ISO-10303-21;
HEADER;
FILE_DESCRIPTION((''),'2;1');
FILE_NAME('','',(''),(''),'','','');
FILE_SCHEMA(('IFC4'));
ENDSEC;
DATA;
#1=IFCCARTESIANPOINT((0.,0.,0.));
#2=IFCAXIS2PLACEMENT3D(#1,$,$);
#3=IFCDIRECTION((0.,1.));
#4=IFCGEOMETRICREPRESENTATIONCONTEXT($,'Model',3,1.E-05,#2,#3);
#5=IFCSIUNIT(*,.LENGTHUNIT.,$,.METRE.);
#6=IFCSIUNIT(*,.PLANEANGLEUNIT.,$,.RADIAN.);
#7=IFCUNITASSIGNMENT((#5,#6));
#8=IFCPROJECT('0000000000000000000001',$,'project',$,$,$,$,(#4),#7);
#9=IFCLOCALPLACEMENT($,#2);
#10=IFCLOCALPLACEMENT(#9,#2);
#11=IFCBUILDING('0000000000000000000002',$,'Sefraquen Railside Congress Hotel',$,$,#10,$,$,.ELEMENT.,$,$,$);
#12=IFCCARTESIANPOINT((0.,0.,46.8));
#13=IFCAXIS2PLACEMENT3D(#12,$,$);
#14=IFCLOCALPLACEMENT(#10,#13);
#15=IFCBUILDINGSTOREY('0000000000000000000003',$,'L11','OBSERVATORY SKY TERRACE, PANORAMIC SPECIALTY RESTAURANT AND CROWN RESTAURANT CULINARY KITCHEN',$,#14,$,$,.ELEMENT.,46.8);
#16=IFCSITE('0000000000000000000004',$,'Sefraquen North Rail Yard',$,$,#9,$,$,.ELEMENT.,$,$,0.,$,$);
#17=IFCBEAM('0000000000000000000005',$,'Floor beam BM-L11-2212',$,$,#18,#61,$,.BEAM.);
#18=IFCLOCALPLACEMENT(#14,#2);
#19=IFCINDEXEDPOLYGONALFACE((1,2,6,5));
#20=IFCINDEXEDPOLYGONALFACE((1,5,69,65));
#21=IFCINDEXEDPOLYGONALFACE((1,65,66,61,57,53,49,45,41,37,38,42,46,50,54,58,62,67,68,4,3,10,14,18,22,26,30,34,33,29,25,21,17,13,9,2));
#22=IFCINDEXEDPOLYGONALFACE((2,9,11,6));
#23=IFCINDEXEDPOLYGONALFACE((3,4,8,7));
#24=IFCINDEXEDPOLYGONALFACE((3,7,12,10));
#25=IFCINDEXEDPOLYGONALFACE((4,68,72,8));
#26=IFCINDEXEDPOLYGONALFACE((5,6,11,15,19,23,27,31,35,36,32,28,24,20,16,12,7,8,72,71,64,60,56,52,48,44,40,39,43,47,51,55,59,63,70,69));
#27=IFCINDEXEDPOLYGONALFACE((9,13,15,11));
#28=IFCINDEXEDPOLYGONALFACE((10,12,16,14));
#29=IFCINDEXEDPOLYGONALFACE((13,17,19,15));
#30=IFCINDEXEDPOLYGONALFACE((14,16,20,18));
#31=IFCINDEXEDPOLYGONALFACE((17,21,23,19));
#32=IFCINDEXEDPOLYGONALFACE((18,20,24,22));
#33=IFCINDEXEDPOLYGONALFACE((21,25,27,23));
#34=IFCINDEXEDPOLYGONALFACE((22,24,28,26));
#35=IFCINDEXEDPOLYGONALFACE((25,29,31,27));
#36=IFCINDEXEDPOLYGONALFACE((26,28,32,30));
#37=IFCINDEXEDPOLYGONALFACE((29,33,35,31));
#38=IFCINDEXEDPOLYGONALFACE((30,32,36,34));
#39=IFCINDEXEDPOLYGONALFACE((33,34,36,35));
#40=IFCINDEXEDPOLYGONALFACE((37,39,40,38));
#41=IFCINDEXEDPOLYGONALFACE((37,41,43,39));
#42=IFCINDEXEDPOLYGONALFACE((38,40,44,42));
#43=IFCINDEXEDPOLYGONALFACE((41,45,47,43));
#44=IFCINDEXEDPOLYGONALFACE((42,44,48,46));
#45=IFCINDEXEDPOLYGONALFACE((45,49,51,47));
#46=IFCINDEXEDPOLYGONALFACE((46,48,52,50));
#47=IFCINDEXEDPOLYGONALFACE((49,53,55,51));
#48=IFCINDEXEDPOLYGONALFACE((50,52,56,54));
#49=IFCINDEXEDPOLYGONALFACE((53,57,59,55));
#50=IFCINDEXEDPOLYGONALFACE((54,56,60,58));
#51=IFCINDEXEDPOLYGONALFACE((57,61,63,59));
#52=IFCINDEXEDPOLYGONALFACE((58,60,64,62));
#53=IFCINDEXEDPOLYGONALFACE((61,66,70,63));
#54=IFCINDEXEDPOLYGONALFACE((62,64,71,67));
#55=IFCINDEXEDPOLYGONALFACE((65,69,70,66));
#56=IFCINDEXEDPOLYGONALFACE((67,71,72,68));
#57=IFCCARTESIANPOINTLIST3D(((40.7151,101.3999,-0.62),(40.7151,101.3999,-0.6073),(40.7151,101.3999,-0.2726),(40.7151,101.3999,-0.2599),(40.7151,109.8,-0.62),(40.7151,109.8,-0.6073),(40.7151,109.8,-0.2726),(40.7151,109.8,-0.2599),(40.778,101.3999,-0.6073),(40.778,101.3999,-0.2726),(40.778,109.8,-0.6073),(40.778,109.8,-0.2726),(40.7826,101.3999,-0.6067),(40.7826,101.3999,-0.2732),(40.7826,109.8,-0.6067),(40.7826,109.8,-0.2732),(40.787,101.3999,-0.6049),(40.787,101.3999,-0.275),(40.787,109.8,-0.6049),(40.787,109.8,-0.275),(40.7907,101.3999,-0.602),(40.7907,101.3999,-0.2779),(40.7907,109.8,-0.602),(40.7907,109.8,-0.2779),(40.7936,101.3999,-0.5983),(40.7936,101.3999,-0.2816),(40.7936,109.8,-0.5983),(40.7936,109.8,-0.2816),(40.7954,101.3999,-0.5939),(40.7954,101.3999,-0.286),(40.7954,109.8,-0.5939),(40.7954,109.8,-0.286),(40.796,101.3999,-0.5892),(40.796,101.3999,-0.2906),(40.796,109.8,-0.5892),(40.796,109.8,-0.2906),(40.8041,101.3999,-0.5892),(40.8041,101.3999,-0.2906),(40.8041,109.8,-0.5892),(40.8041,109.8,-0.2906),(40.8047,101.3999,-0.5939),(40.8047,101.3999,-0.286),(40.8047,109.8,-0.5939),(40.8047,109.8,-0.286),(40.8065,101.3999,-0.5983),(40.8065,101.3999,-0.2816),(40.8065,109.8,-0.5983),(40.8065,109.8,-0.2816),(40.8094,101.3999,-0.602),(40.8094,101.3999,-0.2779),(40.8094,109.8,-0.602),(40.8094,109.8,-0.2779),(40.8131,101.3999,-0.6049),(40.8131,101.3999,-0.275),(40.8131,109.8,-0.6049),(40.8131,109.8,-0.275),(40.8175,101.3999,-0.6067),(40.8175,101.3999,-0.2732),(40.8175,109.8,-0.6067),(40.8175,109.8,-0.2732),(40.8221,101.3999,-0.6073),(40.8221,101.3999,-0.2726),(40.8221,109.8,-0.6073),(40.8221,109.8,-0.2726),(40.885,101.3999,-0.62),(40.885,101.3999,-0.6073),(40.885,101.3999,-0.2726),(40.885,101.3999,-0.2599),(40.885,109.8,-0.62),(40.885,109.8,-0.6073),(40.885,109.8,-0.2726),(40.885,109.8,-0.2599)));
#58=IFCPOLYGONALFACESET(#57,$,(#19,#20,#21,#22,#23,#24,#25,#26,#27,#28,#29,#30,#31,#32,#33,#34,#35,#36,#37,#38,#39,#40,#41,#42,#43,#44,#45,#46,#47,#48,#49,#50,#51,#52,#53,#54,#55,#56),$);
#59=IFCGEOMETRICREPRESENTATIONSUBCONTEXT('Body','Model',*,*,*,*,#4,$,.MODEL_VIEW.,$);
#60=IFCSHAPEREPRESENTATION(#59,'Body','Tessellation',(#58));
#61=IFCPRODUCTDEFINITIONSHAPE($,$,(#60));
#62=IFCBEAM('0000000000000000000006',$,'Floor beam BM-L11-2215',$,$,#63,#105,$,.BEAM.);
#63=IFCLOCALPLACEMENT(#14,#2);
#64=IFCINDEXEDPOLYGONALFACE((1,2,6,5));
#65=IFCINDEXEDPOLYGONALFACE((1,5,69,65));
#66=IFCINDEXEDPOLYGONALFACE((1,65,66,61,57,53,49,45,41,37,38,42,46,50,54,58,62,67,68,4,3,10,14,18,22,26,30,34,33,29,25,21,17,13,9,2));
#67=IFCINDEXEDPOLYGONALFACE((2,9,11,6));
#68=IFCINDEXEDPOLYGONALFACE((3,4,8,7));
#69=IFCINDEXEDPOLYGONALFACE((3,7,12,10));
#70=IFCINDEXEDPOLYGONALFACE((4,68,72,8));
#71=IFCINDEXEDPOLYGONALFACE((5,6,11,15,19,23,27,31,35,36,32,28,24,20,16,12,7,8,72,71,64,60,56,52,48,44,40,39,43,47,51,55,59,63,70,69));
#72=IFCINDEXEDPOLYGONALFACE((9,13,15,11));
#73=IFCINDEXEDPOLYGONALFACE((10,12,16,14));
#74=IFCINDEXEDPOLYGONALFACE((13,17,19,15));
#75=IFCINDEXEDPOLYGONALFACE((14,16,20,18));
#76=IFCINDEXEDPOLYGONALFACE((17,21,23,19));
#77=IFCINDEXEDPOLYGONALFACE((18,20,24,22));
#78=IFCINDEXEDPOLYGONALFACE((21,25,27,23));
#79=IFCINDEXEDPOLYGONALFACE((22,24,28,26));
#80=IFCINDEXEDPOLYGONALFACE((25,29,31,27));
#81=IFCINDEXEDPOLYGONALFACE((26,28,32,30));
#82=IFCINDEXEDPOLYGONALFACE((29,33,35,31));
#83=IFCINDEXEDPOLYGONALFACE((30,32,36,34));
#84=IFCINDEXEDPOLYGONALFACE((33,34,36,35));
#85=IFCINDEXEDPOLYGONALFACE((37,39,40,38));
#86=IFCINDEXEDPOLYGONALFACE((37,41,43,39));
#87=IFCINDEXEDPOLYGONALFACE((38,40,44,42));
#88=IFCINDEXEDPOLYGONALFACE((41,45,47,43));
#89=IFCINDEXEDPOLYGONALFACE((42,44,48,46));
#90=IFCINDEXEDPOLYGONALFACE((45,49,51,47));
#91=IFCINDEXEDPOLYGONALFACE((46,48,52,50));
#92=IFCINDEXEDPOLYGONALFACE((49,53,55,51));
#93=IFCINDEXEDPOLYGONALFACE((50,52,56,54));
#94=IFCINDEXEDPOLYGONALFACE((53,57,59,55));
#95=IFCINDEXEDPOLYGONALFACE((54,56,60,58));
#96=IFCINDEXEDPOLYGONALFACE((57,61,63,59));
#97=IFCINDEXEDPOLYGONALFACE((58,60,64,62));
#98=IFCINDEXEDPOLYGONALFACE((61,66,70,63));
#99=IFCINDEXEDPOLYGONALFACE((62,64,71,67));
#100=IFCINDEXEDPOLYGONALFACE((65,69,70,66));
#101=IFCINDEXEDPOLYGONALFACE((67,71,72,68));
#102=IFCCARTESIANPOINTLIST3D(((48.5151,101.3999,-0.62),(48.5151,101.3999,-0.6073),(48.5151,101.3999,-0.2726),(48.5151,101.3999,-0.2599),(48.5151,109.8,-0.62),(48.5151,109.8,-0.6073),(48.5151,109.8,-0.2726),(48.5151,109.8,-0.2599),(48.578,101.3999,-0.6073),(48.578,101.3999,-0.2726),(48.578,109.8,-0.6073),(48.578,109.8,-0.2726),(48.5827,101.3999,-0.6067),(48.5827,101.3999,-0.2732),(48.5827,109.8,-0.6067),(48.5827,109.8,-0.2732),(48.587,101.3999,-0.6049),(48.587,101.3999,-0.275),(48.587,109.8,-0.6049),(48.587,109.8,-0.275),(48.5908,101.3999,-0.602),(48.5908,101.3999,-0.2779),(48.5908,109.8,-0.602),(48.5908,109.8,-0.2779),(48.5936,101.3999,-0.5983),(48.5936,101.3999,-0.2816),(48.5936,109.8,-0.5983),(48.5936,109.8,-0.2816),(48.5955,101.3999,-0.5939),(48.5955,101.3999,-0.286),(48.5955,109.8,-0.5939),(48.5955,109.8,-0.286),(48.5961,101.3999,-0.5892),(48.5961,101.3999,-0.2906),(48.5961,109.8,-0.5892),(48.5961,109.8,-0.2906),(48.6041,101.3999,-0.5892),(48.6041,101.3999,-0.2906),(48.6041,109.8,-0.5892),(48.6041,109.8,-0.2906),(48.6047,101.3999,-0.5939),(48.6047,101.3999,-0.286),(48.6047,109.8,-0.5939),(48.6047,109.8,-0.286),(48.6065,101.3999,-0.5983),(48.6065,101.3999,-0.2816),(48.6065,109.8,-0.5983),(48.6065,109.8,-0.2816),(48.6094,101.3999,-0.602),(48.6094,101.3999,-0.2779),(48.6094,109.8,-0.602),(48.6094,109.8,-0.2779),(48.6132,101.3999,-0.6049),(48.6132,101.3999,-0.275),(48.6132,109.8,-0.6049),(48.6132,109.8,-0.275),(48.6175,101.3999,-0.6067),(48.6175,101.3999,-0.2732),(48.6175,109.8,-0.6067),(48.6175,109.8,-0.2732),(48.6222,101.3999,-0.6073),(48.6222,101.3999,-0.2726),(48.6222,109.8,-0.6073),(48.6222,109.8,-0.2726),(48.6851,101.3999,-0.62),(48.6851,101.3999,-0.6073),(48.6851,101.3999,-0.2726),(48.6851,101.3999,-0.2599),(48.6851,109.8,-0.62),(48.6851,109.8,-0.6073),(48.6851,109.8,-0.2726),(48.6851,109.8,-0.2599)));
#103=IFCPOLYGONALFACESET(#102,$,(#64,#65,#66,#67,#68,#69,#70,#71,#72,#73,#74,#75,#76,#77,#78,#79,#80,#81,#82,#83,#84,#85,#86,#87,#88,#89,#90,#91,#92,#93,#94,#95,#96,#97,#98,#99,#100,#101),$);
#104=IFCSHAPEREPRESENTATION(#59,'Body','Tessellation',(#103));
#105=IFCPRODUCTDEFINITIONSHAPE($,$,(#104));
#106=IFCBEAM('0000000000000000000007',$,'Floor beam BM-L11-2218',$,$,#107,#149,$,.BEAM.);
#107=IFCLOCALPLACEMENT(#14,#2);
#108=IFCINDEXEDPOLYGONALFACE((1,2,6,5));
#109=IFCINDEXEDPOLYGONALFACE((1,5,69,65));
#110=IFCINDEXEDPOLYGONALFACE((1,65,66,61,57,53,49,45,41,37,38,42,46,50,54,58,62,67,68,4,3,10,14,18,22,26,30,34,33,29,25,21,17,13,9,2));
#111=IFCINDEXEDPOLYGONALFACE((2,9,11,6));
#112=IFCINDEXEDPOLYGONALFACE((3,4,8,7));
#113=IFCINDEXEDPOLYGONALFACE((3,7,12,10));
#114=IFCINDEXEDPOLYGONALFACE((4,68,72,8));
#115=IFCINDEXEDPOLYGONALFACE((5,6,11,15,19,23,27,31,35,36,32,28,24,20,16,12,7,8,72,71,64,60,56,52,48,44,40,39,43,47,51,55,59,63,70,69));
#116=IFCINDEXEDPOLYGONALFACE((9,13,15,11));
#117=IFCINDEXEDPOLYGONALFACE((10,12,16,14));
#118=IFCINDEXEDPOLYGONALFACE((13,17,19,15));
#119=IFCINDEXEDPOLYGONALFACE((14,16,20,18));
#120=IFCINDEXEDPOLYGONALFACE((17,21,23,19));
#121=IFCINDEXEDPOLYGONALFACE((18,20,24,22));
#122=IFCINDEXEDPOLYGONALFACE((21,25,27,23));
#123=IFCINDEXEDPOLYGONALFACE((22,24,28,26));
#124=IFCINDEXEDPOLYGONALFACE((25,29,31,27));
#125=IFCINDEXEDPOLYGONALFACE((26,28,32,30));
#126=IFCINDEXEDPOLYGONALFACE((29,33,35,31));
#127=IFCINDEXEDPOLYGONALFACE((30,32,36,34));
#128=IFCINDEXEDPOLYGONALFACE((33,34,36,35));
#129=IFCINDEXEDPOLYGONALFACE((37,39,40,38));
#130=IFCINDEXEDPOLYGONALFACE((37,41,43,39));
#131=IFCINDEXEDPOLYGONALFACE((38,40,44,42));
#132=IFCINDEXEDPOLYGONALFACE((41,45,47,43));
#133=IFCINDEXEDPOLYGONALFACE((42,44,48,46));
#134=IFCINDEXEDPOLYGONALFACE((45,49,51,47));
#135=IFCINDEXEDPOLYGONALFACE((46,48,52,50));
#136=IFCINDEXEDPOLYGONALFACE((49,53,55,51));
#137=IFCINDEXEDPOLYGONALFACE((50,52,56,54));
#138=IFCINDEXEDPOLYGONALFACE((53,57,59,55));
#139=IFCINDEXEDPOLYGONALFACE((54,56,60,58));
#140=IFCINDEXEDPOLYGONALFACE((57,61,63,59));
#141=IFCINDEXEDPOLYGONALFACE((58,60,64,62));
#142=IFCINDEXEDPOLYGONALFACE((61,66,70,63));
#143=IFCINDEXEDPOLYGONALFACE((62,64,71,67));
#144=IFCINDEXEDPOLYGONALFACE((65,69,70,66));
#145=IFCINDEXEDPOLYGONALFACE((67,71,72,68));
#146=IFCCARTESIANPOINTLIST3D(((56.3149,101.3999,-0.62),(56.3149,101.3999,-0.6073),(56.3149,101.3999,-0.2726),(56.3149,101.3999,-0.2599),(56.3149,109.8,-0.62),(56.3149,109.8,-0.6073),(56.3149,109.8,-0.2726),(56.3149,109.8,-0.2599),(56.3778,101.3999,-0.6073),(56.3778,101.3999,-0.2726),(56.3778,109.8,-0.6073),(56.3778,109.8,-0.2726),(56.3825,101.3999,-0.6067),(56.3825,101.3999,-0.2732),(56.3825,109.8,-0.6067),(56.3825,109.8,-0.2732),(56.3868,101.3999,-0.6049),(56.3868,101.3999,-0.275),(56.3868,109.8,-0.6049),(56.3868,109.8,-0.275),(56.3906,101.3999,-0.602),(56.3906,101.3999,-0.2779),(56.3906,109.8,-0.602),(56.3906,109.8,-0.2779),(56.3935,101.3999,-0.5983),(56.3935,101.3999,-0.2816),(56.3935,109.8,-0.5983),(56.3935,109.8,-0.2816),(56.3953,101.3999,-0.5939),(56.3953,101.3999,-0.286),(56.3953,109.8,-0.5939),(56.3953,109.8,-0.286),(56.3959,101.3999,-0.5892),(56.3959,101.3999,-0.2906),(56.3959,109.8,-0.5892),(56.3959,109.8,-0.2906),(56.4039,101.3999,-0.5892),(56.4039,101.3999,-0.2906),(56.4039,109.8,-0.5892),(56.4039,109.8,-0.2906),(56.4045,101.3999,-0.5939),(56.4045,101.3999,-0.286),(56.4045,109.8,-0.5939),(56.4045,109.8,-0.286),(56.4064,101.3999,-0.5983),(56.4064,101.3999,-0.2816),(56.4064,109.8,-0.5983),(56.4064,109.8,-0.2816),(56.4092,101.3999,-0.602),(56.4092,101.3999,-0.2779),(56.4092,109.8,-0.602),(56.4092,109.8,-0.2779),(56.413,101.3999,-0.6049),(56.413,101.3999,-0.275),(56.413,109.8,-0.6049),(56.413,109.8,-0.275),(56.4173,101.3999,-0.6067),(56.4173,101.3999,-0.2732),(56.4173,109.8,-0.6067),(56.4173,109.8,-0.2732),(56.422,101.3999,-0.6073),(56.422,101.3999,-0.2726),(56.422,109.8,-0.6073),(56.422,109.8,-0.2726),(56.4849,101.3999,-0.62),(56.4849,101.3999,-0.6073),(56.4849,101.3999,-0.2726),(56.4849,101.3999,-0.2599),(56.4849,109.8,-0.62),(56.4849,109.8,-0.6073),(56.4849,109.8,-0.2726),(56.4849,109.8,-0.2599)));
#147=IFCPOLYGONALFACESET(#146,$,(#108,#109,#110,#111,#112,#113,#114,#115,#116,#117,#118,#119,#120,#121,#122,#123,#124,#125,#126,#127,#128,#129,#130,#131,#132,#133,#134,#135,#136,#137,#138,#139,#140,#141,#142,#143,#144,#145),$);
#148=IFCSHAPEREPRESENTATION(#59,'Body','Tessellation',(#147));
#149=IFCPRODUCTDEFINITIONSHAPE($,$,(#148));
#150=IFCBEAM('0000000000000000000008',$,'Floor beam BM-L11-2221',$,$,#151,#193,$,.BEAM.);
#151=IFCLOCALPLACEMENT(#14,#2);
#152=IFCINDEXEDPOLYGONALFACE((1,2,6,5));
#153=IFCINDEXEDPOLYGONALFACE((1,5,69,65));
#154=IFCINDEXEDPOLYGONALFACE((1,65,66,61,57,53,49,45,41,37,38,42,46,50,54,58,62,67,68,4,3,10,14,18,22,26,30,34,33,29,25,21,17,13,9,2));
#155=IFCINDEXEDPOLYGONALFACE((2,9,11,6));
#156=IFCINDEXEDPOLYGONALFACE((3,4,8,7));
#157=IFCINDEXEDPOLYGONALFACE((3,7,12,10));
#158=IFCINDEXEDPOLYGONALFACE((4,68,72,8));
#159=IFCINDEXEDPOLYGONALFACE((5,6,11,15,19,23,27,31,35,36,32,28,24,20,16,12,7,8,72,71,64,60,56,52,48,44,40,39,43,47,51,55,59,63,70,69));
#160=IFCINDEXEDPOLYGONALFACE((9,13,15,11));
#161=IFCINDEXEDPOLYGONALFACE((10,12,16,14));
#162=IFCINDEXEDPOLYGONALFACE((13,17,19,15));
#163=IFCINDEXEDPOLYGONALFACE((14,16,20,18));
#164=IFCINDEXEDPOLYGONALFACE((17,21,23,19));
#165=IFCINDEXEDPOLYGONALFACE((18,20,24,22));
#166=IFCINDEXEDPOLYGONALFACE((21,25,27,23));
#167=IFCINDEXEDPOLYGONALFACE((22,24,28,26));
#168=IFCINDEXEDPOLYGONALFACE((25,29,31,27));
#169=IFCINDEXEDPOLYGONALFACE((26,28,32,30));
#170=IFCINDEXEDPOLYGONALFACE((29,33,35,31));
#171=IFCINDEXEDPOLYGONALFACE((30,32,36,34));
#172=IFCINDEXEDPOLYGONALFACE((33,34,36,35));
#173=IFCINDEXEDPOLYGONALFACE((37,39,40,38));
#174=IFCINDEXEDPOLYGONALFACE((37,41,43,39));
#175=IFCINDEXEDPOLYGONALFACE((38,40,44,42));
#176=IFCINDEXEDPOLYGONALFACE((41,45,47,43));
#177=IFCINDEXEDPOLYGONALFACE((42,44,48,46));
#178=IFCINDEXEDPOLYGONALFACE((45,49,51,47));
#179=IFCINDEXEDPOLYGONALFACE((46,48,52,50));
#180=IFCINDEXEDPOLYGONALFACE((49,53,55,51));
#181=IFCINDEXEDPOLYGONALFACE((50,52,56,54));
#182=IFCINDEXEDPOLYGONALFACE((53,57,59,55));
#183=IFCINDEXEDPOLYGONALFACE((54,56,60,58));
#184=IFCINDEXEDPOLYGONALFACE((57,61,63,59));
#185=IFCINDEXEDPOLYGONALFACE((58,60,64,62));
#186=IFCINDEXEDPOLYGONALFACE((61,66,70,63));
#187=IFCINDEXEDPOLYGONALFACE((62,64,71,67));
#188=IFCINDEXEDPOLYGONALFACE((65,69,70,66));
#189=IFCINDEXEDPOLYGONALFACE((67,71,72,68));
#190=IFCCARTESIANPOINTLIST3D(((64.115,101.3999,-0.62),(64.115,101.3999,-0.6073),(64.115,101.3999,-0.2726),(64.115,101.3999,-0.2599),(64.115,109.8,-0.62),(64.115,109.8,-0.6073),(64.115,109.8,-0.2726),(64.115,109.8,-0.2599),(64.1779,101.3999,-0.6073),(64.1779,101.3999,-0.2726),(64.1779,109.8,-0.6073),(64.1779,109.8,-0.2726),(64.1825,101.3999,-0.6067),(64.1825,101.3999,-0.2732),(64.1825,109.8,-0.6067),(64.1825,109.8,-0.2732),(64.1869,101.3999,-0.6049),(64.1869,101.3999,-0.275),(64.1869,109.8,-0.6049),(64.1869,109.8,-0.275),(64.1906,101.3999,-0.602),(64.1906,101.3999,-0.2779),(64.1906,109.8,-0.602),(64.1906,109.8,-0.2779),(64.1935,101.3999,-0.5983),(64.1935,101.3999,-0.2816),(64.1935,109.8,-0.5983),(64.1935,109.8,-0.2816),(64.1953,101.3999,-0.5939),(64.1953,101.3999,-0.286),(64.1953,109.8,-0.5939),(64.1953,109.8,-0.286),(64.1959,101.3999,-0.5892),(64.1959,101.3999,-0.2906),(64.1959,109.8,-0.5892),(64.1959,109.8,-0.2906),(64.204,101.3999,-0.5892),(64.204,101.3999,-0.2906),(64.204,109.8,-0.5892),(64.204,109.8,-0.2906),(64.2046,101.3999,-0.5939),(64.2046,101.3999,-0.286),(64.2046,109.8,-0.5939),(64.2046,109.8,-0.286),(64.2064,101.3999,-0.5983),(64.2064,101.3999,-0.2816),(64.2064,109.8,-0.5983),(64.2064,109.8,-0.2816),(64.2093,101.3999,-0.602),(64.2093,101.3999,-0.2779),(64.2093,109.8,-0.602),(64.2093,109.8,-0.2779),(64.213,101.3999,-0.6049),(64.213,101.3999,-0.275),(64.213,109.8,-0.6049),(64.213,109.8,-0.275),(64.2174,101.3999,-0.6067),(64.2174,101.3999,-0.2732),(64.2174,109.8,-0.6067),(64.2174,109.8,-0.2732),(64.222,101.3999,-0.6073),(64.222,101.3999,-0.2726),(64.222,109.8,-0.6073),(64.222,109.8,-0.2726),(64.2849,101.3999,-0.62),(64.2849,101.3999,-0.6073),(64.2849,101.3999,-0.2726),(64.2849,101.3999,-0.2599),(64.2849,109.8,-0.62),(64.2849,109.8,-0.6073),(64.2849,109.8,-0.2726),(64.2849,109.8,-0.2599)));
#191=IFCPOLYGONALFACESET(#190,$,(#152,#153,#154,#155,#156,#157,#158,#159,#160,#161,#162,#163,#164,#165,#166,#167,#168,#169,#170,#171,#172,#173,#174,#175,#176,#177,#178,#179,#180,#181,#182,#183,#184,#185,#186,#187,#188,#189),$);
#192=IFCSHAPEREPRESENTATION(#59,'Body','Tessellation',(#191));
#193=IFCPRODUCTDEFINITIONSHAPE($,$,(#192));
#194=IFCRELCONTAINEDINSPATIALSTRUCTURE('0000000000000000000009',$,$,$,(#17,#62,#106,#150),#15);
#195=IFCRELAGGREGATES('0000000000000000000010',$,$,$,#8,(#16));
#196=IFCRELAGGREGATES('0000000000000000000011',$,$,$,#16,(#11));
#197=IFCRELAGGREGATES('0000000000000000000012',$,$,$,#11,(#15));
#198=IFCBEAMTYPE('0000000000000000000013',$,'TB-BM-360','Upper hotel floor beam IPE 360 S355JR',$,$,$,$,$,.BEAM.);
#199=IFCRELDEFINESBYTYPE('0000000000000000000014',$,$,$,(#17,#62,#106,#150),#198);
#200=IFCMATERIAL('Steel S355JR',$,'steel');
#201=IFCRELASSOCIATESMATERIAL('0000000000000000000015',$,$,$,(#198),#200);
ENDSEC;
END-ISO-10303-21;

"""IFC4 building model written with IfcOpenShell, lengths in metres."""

from ifc_helpers import new_model, si_unit, direction, frame, origin, origin_2d, place, context, subcontext, project, spatial, i_section, extrude, material, material_profile, profile_set, type_object, element, save


model = new_model("IFC4")

# Units and contexts
model_context = context("Model", 3, precision=1e-05, world=origin(), true_north=direction((0.0, 1.0)))
body_context = subcontext(model_context, "Body", "Model", "MODEL_VIEW")
ifc_project = project(units=[si_unit("LENGTHUNIT", "METRE"), si_unit("PLANEANGLEUNIT", "RADIAN")], contexts=[model_context])

# Site, building, storey
site_placement = place(None, origin())
site = spatial("IfcSite", under=ifc_project, at=site_placement, Name="Sefraquen North Rail Yard", CompositionType="ELEMENT", RefElevation=0.0)
building_placement = place(site_placement, origin())
building = spatial("IfcBuilding", under=site, at=building_placement, Name="Sefraquen Railside Congress Hotel", CompositionType="ELEMENT")
storey_placement = place(building_placement, frame((0.0, 0.0, 46.8)))
storey = spatial("IfcBuildingStorey", under=building, at=storey_placement, Name="L11", Description="OBSERVATORY SKY TERRACE, PANORAMIC SPECIALTY RESTAURANT AND CROWN RESTAURANT CULINARY KITCHEN", CompositionType="ELEMENT", Elevation=46.8)

# Shared definitions
ifc_material_1 = material(Name="Steel S355JR", Category="steel")

# Beams
ifc_material_profile_1 = material_profile(ifc_material_1, i_section(OverallWidth=0.1699, OverallDepth=0.3601, WebThickness=0.0081, FlangeThickness=0.0127, FilletRadius=0.0181, at=origin_2d()), Name="IPE 360")
ifc_profile_set_1 = profile_set([ifc_material_profile_1], Name="Steel S355JR")
beam_type_1 = type_object("IfcBeamType", Name="TB-BM-360", Description="Upper hotel floor beam IPE 360 S355JR", PredefinedType="BEAM", material=ifc_profile_set_1)
for number, where, z_axis, x_axis, name in (
    (1, (40.8, 101.3999, -0.4399), (0.0, 1.0, 0.0), (-1.0, 0.0, 0.0), "Floor beam BM-L11-2212"),
    (2, (48.6001, 101.3999, -0.4399), (0.0, 1.0, 0.0), (-1.0, 0.0, 0.0), "Floor beam BM-L11-2215"),
    (3, (56.3999, 101.3999, -0.4399), (0.0, 1.0, 0.0), (-1.0, 0.0, 0.0), "Floor beam BM-L11-2218"),
    (4, (64.2, 101.3999, -0.4399), (0.0, 1.0, 0.0), (-1.0, 0.0, 0.0), "Floor beam BM-L11-2221"),
):
    element("IfcBeam", number, at=place(storey_placement, frame(where, z_axis=z_axis, x_axis=x_axis)), inside=storey, type_object=beam_type_1, Name=name, PredefinedType="BEAM", context=body_context, shape_type="SweptSolid", body=[
        extrude(i_section(OverallWidth=0.1699, OverallDepth=0.3601, WebThickness=0.0081, FlangeThickness=0.0127, FilletRadius=0.0181, at=origin_2d()), origin(), (0.0, 0.0, 1.0), 8.4001),
    ])

save(model, "model.ifc")
